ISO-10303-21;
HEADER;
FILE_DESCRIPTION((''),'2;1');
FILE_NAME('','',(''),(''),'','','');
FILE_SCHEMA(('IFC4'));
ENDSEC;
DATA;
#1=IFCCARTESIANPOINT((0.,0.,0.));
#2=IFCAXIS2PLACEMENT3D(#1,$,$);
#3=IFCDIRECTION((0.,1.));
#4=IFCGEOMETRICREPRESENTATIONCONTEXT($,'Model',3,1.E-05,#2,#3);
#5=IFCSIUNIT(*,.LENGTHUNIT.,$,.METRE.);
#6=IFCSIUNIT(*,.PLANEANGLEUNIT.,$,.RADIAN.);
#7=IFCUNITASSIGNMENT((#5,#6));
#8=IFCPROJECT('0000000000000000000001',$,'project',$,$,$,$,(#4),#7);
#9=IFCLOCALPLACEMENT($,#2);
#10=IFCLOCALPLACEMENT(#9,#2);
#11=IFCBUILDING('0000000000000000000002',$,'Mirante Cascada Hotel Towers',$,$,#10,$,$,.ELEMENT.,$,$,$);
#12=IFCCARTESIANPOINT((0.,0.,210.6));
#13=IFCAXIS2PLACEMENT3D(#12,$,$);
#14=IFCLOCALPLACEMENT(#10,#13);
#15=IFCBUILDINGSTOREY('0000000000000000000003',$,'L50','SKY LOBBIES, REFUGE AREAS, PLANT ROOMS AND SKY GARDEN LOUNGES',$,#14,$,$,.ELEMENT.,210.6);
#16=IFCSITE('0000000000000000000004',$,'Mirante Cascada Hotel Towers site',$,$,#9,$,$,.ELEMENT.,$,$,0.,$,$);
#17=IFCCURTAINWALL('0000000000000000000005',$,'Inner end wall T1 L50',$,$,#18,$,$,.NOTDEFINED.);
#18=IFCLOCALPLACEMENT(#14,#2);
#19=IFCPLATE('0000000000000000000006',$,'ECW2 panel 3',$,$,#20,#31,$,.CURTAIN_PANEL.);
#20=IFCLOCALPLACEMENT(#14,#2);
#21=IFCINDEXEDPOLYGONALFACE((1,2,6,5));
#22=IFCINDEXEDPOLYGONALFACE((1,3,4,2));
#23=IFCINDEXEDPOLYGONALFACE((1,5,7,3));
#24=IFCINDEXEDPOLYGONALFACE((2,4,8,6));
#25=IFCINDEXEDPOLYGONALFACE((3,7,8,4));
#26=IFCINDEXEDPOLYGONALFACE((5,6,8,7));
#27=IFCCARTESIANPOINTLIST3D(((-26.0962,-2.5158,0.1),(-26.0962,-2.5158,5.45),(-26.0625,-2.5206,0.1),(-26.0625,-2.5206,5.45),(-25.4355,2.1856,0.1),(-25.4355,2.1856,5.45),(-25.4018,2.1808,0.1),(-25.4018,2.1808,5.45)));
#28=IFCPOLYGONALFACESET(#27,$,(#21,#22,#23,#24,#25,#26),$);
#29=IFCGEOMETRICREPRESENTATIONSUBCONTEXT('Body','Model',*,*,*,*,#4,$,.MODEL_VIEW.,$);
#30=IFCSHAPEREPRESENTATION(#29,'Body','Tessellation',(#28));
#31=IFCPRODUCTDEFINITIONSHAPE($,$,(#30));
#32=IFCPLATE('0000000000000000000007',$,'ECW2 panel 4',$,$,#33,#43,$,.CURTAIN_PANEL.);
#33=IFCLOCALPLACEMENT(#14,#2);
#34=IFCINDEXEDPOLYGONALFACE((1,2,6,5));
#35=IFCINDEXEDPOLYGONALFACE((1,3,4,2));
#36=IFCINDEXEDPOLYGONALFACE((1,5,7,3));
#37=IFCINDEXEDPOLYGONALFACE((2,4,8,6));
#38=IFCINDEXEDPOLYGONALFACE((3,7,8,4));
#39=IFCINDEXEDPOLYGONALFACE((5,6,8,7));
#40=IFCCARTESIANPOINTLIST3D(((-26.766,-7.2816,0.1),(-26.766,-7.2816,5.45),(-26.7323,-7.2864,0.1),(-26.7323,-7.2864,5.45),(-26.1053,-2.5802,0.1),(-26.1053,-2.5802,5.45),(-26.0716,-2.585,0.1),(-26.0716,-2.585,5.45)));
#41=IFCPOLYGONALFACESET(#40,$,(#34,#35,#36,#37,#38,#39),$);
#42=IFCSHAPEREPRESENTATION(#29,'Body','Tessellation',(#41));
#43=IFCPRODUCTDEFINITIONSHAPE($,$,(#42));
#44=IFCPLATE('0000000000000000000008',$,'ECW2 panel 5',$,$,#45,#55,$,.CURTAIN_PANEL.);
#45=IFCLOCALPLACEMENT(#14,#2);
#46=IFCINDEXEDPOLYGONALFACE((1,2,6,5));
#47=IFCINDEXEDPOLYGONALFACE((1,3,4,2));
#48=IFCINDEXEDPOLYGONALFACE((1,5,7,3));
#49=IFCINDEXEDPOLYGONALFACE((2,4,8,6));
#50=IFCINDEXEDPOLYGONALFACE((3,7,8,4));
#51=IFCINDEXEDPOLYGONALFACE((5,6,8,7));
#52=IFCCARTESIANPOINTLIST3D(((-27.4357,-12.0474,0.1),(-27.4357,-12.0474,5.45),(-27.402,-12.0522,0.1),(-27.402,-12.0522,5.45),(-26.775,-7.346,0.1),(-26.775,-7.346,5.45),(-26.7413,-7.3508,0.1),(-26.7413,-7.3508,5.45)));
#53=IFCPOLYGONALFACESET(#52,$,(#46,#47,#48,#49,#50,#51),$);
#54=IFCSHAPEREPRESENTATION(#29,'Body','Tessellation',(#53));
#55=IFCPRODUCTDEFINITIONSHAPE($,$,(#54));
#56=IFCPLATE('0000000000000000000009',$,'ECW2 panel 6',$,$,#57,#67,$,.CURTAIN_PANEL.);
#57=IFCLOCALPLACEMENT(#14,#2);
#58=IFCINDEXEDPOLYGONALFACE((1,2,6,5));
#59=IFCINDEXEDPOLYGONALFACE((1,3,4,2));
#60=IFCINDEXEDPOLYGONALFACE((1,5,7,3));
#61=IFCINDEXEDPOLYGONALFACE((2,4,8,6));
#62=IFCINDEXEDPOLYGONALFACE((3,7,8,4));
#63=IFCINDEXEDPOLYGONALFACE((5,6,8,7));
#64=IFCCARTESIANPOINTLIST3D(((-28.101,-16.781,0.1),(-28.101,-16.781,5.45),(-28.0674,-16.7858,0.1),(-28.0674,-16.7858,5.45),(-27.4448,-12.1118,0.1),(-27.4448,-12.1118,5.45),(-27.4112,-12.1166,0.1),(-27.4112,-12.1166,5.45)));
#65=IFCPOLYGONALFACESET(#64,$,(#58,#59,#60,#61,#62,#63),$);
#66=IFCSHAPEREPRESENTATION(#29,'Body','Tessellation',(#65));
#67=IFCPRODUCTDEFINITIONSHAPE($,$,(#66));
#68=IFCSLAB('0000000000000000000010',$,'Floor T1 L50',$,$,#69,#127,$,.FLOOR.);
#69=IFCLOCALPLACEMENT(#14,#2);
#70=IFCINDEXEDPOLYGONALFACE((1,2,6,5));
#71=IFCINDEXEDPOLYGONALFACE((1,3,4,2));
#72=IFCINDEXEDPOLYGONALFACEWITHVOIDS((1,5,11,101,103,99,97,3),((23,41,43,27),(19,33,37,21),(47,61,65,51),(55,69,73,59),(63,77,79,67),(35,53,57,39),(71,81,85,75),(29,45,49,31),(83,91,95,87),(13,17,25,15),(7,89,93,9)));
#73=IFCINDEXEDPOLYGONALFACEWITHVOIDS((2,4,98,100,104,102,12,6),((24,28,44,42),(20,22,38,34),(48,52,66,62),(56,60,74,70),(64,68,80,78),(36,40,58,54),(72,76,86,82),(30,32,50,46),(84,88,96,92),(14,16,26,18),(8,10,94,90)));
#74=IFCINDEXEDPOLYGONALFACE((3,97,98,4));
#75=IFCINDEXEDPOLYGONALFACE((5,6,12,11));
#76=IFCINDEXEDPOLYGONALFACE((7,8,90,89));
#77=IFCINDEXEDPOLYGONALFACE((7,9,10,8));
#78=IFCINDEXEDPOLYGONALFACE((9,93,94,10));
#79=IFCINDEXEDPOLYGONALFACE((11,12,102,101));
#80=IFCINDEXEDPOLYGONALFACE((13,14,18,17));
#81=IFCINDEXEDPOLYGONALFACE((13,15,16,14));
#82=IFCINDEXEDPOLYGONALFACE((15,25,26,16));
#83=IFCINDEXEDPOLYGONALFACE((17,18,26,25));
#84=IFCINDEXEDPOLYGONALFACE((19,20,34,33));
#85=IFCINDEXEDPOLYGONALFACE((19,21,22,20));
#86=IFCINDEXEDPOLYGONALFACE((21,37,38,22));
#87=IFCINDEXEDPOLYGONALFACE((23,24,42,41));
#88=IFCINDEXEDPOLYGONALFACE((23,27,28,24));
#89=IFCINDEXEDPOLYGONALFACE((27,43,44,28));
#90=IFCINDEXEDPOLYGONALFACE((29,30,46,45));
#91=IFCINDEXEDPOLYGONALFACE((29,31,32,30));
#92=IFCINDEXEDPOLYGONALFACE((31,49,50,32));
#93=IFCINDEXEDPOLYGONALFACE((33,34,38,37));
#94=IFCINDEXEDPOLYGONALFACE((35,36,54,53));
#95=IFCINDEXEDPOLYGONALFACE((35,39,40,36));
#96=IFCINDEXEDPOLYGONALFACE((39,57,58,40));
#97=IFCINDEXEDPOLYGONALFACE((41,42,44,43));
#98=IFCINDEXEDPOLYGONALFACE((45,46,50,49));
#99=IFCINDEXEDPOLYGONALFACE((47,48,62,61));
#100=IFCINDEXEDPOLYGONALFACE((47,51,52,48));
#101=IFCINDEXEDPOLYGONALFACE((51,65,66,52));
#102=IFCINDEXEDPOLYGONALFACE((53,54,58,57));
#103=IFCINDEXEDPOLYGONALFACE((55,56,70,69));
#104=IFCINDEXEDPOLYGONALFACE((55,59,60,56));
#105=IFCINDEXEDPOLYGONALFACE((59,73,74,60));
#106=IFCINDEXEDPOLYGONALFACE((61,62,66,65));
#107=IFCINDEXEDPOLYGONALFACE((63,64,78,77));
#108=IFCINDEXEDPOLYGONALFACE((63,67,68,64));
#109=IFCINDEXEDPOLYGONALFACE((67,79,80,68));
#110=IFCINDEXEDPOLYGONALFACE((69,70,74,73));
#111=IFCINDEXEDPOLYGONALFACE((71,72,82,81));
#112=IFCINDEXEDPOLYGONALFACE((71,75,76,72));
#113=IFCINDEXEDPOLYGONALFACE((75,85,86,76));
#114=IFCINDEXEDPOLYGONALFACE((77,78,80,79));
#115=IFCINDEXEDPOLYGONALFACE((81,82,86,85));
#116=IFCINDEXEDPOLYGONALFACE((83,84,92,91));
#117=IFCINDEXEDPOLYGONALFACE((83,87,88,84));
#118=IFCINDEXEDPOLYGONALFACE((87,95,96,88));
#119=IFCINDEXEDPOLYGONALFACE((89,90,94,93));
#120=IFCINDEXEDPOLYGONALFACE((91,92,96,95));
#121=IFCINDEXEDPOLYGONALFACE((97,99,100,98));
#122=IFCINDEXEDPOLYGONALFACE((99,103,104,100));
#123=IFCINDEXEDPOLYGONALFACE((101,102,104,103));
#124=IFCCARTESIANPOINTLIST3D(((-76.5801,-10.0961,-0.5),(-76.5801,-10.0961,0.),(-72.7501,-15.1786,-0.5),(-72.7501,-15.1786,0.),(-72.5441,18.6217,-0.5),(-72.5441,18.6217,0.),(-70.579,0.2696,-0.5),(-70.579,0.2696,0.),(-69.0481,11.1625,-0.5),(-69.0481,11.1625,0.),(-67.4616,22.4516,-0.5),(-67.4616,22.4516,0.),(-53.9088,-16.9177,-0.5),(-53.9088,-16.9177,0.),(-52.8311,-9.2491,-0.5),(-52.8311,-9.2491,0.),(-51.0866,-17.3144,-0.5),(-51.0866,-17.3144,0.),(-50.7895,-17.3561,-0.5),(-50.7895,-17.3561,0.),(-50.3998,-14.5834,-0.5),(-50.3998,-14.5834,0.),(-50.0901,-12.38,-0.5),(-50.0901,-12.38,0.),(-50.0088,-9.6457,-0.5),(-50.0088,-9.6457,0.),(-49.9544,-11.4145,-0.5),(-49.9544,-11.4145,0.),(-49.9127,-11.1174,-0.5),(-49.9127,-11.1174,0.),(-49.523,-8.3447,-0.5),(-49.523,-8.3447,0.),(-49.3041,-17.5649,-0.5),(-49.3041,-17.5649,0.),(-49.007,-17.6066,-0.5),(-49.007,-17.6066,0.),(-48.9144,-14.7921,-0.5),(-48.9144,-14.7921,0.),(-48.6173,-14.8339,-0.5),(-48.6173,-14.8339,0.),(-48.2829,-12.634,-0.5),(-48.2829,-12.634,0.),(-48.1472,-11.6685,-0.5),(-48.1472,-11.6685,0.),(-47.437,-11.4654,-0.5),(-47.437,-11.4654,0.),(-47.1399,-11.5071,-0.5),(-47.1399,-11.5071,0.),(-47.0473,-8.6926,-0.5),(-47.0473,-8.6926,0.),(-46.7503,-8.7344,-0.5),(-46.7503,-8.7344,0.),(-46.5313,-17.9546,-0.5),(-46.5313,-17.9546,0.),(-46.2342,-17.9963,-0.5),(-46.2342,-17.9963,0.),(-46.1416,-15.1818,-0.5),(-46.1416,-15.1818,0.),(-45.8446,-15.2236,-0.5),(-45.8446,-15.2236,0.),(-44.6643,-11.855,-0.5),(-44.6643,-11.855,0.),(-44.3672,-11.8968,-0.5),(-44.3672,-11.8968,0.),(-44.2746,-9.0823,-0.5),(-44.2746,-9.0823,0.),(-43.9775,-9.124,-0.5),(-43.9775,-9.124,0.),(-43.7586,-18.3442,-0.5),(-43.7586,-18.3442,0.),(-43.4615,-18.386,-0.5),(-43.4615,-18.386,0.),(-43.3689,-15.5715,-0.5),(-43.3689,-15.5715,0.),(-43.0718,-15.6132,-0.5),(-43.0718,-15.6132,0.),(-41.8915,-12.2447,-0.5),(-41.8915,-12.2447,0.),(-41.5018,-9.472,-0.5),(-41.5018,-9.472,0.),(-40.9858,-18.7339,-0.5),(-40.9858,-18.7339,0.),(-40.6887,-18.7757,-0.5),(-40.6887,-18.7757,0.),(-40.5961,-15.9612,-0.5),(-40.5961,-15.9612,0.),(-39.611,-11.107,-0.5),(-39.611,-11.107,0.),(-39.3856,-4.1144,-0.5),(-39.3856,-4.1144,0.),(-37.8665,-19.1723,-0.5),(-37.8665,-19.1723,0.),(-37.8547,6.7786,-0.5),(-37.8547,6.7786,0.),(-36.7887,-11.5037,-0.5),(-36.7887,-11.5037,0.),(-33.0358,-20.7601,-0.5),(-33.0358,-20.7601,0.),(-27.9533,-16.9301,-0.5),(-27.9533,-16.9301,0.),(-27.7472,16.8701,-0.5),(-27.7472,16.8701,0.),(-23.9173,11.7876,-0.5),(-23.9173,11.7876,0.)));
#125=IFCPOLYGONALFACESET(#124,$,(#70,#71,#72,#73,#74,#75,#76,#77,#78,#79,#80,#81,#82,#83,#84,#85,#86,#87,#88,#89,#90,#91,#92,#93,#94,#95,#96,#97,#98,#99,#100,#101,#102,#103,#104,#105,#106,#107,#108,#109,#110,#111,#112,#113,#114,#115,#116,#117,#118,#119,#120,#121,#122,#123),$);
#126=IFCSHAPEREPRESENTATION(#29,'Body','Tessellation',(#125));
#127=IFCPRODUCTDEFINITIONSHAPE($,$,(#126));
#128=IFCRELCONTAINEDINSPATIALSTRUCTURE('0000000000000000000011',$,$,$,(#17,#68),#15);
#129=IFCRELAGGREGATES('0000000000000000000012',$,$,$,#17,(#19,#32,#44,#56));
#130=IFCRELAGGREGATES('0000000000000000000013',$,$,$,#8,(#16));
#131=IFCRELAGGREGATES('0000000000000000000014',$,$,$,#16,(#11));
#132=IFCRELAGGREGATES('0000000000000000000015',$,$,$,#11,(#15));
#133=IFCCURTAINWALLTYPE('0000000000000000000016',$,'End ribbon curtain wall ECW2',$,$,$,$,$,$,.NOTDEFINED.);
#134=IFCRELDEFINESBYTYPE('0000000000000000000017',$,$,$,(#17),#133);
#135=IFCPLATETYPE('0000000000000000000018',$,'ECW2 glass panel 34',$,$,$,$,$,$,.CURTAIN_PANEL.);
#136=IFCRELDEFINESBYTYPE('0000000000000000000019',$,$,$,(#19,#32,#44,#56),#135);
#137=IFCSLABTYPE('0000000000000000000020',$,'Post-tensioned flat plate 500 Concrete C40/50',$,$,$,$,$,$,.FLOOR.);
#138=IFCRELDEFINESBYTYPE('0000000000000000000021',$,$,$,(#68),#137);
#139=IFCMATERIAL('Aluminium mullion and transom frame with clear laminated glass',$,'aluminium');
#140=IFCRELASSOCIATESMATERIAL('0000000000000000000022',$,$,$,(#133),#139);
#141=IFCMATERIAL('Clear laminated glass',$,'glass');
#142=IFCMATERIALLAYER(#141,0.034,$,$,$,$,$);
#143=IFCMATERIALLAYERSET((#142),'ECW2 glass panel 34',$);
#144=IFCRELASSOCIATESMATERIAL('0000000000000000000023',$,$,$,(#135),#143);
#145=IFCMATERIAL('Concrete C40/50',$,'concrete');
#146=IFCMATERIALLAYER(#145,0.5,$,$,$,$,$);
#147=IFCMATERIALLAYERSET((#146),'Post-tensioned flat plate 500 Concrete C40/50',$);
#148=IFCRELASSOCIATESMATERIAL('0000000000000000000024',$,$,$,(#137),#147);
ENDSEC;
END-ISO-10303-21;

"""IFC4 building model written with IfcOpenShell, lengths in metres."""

from ifc_helpers import new_model, si_unit, direction, frame, origin, origin_2d, place, context, subcontext, project, spatial, polyline, rectangle, outline, extrude, material, layer, layer_set, type_object, element, aggregate, save


model = new_model("IFC4")

# Units and contexts
model_context = context("Model", 3, precision=1e-05, world=origin(), true_north=direction((0.0, 1.0)))
body_context = subcontext(model_context, "Body", "Model", "MODEL_VIEW")
ifc_project = project(units=[si_unit("LENGTHUNIT", "METRE"), si_unit("PLANEANGLEUNIT", "RADIAN")], contexts=[model_context])

# Site, building, storey
site_placement = place(None, origin())
site = spatial("IfcSite", under=ifc_project, at=site_placement, Name="Mirante Cascada Hotel Towers site", CompositionType="ELEMENT", RefElevation=0.0)
building_placement = place(site_placement, origin())
building = spatial("IfcBuilding", under=site, at=building_placement, Name="Mirante Cascada Hotel Towers", CompositionType="ELEMENT")
storey_placement = place(building_placement, frame((0.0, 0.0, 210.6)))
storey = spatial("IfcBuildingStorey", under=building, at=storey_placement, Name="L50", Description="SKY LOBBIES, REFUGE AREAS, PLANT ROOMS AND SKY GARDEN LOUNGES", CompositionType="ELEMENT", Elevation=210.6)

# Curtain wall, plates
ifc_material_1 = material(Name="Aluminium mullion and transom frame with clear laminated glass", Category="aluminium")
curtain_wall_type = type_object("IfcCurtainWallType", Name="End ribbon curtain wall ECW2", PredefinedType="NOTDEFINED", material=ifc_material_1)
curtain_wall_placement = place(storey_placement, origin())
curtain_wall = element("IfcCurtainWall", 1, at=curtain_wall_placement, inside=storey, type_object=curtain_wall_type, Name="Inner end wall T1 L50", PredefinedType="NOTDEFINED")
ifc_material_2 = material(Name="Clear laminated glass", Category="glass")
ifc_layer_1 = layer(ifc_material_2, 0.034)
ifc_layer_set_1 = layer_set([ifc_layer_1], Name="ECW2 glass panel 34")
plate_type = type_object("IfcPlateType", Name="ECW2 glass panel 34", PredefinedType="CURTAIN_PANEL", material=ifc_layer_set_1)
plate_1_placement = place(storey_placement, frame((-25.749, -0.1675, 0.1), z_axis=(0.0, 0.0, 1.0), x_axis=(-0.139173, -0.990268, 0.0)))
plate_1 = element("IfcPlate", 2, at=plate_1_placement, type_object=plate_type, Name="ECW2 panel 3", PredefinedType="CURTAIN_PANEL", context=body_context, shape_type="SweptSolid", body=[
    extrude(rectangle(XDim=4.7476, YDim=0.034, at=origin_2d()), origin(), (0.0, 0.0, 1.0), 5.35),
])
plate_2_placement = place(storey_placement, frame((-26.4188, -4.9333, 0.1), z_axis=(0.0, 0.0, 1.0), x_axis=(-0.139173, -0.990268, 0.0)))
plate_2 = element("IfcPlate", 3, at=plate_2_placement, type_object=plate_type, Name="ECW2 panel 4", PredefinedType="CURTAIN_PANEL", context=body_context, shape_type="SweptSolid", body=[
    extrude(rectangle(XDim=4.7476, YDim=0.034, at=origin_2d()), origin(), (0.0, 0.0, 1.0), 5.35),
])
plate_3_placement = place(storey_placement, frame((-27.0885, -9.6991, 0.1), z_axis=(0.0, 0.0, 1.0), x_axis=(-0.139173, -0.990268, 0.0)))
plate_3 = element("IfcPlate", 4, at=plate_3_placement, type_object=plate_type, Name="ECW2 panel 5", PredefinedType="CURTAIN_PANEL", context=body_context, shape_type="SweptSolid", body=[
    extrude(rectangle(XDim=4.7476, YDim=0.034, at=origin_2d()), origin(), (0.0, 0.0, 1.0), 5.35),
])
plate_4_placement = place(storey_placement, frame((-27.7561, -14.4488, 0.1), z_axis=(0.0, 0.0, 1.0), x_axis=(-0.139173, -0.990268, 0.0)))
plate_4 = element("IfcPlate", 5, at=plate_4_placement, type_object=plate_type, Name="ECW2 panel 6", PredefinedType="CURTAIN_PANEL", context=body_context, shape_type="SweptSolid", body=[
    extrude(rectangle(XDim=4.7151, YDim=0.034, at=origin_2d()), origin(), (0.0, 0.0, 1.0), 5.35),
])
aggregate(curtain_wall, [plate_1, plate_2, plate_3, plate_4])

# Slab
ifc_material_3 = material(Name="Concrete C40/50", Category="concrete")
ifc_layer_2 = layer(ifc_material_3, 0.5)
ifc_layer_set_2 = layer_set([ifc_layer_2], Name="Post-tensioned flat plate 500 Concrete C40/50")
slab_type_1 = type_object("IfcSlabType", Name="Post-tensioned flat plate 500 Concrete C40/50", PredefinedType="FLOOR", material=ifc_layer_set_2)
slab_1_placement = place(storey_placement, frame((0.0, 0.0, -0.5)))
element("IfcSlab", 6, at=slab_1_placement, inside=storey, type_object=slab_type_1, Name="Floor T1 L50", PredefinedType="FLOOR", context=body_context, shape_type="SweptSolid", body=[
    extrude(outline(polyline([(-27.9533, -16.9301), (-23.9173, 11.7876), (-27.7472, 16.8701), (-67.4616, 22.4516), (-67.4616, 22.4516), (-67.4616, 22.4516), (-67.4616, 22.4516), (-67.4616, 22.4516), (-67.4616, 22.4516), (-67.4616, 22.4516), (-67.4616, 22.4516), (-67.4616, 22.4516), (-72.5441, 18.6217), (-76.5801, -10.0961), (-72.7501, -15.1786), (-72.7501, -15.1786), (-72.7501, -15.1786), (-72.7501, -15.1786), (-72.7501, -15.1786), (-72.7501, -15.1786), (-72.7501, -15.1786), (-72.7501, -15.1786), (-72.7501, -15.1786), (-33.0358, -20.7601), (-27.9533, -16.9301)]), holes=[polyline([(-40.5961, -15.9612), (-40.9858, -18.7339), (-43.4615, -18.386), (-43.0718, -15.6132), (-40.5961, -15.9612)]), polyline([(-43.3689, -15.5715), (-43.7586, -18.3442), (-46.2342, -17.9963), (-45.8446, -15.2236), (-43.3689, -15.5715)]), polyline([(-46.1416, -15.1818), (-46.5313, -17.9546), (-49.007, -17.6066), (-48.6173, -14.8339), (-46.1416, -15.1818)]), polyline([(-36.7887, -11.5037), (-37.8665, -19.1723), (-40.6887, -18.7757), (-39.611, -11.107), (-36.7887, -11.5037)]), polyline([(-43.9775, -9.124), (-41.5018, -9.472), (-41.8915, -12.2447), (-44.3672, -11.8968), (-43.9775, -9.124)]), polyline([(-44.2746, -9.0823), (-44.6643, -11.855), (-47.1399, -11.5071), (-46.7503, -8.7344), (-44.2746, -9.0823)]), polyline([(-50.3998, -14.5834), (-48.9144, -14.7921), (-49.3041, -17.5649), (-50.7895, -17.3561), (-50.3998, -14.5834)]), polyline([(-50.0088, -9.6457), (-51.0866, -17.3144), (-53.9088, -16.9177), (-52.8311, -9.2491), (-50.0088, -9.6457)]), polyline([(-48.1472, -11.6685), (-48.2829, -12.634), (-50.0901, -12.38), (-49.9544, -11.4145), (-48.1472, -11.6685)]), polyline([(-49.523, -8.3447), (-47.0473, -8.6926), (-47.437, -11.4654), (-49.9127, -11.1174), (-49.523, -8.3447)]), polyline([(-69.0481, 11.1625), (-37.8547, 6.7786), (-39.3856, -4.1144), (-70.579, 0.2696), (-69.0481, 11.1625)])]), origin(), (0.0, 0.0, 1.0), 0.5),
])

save(model, "model.ifc")
